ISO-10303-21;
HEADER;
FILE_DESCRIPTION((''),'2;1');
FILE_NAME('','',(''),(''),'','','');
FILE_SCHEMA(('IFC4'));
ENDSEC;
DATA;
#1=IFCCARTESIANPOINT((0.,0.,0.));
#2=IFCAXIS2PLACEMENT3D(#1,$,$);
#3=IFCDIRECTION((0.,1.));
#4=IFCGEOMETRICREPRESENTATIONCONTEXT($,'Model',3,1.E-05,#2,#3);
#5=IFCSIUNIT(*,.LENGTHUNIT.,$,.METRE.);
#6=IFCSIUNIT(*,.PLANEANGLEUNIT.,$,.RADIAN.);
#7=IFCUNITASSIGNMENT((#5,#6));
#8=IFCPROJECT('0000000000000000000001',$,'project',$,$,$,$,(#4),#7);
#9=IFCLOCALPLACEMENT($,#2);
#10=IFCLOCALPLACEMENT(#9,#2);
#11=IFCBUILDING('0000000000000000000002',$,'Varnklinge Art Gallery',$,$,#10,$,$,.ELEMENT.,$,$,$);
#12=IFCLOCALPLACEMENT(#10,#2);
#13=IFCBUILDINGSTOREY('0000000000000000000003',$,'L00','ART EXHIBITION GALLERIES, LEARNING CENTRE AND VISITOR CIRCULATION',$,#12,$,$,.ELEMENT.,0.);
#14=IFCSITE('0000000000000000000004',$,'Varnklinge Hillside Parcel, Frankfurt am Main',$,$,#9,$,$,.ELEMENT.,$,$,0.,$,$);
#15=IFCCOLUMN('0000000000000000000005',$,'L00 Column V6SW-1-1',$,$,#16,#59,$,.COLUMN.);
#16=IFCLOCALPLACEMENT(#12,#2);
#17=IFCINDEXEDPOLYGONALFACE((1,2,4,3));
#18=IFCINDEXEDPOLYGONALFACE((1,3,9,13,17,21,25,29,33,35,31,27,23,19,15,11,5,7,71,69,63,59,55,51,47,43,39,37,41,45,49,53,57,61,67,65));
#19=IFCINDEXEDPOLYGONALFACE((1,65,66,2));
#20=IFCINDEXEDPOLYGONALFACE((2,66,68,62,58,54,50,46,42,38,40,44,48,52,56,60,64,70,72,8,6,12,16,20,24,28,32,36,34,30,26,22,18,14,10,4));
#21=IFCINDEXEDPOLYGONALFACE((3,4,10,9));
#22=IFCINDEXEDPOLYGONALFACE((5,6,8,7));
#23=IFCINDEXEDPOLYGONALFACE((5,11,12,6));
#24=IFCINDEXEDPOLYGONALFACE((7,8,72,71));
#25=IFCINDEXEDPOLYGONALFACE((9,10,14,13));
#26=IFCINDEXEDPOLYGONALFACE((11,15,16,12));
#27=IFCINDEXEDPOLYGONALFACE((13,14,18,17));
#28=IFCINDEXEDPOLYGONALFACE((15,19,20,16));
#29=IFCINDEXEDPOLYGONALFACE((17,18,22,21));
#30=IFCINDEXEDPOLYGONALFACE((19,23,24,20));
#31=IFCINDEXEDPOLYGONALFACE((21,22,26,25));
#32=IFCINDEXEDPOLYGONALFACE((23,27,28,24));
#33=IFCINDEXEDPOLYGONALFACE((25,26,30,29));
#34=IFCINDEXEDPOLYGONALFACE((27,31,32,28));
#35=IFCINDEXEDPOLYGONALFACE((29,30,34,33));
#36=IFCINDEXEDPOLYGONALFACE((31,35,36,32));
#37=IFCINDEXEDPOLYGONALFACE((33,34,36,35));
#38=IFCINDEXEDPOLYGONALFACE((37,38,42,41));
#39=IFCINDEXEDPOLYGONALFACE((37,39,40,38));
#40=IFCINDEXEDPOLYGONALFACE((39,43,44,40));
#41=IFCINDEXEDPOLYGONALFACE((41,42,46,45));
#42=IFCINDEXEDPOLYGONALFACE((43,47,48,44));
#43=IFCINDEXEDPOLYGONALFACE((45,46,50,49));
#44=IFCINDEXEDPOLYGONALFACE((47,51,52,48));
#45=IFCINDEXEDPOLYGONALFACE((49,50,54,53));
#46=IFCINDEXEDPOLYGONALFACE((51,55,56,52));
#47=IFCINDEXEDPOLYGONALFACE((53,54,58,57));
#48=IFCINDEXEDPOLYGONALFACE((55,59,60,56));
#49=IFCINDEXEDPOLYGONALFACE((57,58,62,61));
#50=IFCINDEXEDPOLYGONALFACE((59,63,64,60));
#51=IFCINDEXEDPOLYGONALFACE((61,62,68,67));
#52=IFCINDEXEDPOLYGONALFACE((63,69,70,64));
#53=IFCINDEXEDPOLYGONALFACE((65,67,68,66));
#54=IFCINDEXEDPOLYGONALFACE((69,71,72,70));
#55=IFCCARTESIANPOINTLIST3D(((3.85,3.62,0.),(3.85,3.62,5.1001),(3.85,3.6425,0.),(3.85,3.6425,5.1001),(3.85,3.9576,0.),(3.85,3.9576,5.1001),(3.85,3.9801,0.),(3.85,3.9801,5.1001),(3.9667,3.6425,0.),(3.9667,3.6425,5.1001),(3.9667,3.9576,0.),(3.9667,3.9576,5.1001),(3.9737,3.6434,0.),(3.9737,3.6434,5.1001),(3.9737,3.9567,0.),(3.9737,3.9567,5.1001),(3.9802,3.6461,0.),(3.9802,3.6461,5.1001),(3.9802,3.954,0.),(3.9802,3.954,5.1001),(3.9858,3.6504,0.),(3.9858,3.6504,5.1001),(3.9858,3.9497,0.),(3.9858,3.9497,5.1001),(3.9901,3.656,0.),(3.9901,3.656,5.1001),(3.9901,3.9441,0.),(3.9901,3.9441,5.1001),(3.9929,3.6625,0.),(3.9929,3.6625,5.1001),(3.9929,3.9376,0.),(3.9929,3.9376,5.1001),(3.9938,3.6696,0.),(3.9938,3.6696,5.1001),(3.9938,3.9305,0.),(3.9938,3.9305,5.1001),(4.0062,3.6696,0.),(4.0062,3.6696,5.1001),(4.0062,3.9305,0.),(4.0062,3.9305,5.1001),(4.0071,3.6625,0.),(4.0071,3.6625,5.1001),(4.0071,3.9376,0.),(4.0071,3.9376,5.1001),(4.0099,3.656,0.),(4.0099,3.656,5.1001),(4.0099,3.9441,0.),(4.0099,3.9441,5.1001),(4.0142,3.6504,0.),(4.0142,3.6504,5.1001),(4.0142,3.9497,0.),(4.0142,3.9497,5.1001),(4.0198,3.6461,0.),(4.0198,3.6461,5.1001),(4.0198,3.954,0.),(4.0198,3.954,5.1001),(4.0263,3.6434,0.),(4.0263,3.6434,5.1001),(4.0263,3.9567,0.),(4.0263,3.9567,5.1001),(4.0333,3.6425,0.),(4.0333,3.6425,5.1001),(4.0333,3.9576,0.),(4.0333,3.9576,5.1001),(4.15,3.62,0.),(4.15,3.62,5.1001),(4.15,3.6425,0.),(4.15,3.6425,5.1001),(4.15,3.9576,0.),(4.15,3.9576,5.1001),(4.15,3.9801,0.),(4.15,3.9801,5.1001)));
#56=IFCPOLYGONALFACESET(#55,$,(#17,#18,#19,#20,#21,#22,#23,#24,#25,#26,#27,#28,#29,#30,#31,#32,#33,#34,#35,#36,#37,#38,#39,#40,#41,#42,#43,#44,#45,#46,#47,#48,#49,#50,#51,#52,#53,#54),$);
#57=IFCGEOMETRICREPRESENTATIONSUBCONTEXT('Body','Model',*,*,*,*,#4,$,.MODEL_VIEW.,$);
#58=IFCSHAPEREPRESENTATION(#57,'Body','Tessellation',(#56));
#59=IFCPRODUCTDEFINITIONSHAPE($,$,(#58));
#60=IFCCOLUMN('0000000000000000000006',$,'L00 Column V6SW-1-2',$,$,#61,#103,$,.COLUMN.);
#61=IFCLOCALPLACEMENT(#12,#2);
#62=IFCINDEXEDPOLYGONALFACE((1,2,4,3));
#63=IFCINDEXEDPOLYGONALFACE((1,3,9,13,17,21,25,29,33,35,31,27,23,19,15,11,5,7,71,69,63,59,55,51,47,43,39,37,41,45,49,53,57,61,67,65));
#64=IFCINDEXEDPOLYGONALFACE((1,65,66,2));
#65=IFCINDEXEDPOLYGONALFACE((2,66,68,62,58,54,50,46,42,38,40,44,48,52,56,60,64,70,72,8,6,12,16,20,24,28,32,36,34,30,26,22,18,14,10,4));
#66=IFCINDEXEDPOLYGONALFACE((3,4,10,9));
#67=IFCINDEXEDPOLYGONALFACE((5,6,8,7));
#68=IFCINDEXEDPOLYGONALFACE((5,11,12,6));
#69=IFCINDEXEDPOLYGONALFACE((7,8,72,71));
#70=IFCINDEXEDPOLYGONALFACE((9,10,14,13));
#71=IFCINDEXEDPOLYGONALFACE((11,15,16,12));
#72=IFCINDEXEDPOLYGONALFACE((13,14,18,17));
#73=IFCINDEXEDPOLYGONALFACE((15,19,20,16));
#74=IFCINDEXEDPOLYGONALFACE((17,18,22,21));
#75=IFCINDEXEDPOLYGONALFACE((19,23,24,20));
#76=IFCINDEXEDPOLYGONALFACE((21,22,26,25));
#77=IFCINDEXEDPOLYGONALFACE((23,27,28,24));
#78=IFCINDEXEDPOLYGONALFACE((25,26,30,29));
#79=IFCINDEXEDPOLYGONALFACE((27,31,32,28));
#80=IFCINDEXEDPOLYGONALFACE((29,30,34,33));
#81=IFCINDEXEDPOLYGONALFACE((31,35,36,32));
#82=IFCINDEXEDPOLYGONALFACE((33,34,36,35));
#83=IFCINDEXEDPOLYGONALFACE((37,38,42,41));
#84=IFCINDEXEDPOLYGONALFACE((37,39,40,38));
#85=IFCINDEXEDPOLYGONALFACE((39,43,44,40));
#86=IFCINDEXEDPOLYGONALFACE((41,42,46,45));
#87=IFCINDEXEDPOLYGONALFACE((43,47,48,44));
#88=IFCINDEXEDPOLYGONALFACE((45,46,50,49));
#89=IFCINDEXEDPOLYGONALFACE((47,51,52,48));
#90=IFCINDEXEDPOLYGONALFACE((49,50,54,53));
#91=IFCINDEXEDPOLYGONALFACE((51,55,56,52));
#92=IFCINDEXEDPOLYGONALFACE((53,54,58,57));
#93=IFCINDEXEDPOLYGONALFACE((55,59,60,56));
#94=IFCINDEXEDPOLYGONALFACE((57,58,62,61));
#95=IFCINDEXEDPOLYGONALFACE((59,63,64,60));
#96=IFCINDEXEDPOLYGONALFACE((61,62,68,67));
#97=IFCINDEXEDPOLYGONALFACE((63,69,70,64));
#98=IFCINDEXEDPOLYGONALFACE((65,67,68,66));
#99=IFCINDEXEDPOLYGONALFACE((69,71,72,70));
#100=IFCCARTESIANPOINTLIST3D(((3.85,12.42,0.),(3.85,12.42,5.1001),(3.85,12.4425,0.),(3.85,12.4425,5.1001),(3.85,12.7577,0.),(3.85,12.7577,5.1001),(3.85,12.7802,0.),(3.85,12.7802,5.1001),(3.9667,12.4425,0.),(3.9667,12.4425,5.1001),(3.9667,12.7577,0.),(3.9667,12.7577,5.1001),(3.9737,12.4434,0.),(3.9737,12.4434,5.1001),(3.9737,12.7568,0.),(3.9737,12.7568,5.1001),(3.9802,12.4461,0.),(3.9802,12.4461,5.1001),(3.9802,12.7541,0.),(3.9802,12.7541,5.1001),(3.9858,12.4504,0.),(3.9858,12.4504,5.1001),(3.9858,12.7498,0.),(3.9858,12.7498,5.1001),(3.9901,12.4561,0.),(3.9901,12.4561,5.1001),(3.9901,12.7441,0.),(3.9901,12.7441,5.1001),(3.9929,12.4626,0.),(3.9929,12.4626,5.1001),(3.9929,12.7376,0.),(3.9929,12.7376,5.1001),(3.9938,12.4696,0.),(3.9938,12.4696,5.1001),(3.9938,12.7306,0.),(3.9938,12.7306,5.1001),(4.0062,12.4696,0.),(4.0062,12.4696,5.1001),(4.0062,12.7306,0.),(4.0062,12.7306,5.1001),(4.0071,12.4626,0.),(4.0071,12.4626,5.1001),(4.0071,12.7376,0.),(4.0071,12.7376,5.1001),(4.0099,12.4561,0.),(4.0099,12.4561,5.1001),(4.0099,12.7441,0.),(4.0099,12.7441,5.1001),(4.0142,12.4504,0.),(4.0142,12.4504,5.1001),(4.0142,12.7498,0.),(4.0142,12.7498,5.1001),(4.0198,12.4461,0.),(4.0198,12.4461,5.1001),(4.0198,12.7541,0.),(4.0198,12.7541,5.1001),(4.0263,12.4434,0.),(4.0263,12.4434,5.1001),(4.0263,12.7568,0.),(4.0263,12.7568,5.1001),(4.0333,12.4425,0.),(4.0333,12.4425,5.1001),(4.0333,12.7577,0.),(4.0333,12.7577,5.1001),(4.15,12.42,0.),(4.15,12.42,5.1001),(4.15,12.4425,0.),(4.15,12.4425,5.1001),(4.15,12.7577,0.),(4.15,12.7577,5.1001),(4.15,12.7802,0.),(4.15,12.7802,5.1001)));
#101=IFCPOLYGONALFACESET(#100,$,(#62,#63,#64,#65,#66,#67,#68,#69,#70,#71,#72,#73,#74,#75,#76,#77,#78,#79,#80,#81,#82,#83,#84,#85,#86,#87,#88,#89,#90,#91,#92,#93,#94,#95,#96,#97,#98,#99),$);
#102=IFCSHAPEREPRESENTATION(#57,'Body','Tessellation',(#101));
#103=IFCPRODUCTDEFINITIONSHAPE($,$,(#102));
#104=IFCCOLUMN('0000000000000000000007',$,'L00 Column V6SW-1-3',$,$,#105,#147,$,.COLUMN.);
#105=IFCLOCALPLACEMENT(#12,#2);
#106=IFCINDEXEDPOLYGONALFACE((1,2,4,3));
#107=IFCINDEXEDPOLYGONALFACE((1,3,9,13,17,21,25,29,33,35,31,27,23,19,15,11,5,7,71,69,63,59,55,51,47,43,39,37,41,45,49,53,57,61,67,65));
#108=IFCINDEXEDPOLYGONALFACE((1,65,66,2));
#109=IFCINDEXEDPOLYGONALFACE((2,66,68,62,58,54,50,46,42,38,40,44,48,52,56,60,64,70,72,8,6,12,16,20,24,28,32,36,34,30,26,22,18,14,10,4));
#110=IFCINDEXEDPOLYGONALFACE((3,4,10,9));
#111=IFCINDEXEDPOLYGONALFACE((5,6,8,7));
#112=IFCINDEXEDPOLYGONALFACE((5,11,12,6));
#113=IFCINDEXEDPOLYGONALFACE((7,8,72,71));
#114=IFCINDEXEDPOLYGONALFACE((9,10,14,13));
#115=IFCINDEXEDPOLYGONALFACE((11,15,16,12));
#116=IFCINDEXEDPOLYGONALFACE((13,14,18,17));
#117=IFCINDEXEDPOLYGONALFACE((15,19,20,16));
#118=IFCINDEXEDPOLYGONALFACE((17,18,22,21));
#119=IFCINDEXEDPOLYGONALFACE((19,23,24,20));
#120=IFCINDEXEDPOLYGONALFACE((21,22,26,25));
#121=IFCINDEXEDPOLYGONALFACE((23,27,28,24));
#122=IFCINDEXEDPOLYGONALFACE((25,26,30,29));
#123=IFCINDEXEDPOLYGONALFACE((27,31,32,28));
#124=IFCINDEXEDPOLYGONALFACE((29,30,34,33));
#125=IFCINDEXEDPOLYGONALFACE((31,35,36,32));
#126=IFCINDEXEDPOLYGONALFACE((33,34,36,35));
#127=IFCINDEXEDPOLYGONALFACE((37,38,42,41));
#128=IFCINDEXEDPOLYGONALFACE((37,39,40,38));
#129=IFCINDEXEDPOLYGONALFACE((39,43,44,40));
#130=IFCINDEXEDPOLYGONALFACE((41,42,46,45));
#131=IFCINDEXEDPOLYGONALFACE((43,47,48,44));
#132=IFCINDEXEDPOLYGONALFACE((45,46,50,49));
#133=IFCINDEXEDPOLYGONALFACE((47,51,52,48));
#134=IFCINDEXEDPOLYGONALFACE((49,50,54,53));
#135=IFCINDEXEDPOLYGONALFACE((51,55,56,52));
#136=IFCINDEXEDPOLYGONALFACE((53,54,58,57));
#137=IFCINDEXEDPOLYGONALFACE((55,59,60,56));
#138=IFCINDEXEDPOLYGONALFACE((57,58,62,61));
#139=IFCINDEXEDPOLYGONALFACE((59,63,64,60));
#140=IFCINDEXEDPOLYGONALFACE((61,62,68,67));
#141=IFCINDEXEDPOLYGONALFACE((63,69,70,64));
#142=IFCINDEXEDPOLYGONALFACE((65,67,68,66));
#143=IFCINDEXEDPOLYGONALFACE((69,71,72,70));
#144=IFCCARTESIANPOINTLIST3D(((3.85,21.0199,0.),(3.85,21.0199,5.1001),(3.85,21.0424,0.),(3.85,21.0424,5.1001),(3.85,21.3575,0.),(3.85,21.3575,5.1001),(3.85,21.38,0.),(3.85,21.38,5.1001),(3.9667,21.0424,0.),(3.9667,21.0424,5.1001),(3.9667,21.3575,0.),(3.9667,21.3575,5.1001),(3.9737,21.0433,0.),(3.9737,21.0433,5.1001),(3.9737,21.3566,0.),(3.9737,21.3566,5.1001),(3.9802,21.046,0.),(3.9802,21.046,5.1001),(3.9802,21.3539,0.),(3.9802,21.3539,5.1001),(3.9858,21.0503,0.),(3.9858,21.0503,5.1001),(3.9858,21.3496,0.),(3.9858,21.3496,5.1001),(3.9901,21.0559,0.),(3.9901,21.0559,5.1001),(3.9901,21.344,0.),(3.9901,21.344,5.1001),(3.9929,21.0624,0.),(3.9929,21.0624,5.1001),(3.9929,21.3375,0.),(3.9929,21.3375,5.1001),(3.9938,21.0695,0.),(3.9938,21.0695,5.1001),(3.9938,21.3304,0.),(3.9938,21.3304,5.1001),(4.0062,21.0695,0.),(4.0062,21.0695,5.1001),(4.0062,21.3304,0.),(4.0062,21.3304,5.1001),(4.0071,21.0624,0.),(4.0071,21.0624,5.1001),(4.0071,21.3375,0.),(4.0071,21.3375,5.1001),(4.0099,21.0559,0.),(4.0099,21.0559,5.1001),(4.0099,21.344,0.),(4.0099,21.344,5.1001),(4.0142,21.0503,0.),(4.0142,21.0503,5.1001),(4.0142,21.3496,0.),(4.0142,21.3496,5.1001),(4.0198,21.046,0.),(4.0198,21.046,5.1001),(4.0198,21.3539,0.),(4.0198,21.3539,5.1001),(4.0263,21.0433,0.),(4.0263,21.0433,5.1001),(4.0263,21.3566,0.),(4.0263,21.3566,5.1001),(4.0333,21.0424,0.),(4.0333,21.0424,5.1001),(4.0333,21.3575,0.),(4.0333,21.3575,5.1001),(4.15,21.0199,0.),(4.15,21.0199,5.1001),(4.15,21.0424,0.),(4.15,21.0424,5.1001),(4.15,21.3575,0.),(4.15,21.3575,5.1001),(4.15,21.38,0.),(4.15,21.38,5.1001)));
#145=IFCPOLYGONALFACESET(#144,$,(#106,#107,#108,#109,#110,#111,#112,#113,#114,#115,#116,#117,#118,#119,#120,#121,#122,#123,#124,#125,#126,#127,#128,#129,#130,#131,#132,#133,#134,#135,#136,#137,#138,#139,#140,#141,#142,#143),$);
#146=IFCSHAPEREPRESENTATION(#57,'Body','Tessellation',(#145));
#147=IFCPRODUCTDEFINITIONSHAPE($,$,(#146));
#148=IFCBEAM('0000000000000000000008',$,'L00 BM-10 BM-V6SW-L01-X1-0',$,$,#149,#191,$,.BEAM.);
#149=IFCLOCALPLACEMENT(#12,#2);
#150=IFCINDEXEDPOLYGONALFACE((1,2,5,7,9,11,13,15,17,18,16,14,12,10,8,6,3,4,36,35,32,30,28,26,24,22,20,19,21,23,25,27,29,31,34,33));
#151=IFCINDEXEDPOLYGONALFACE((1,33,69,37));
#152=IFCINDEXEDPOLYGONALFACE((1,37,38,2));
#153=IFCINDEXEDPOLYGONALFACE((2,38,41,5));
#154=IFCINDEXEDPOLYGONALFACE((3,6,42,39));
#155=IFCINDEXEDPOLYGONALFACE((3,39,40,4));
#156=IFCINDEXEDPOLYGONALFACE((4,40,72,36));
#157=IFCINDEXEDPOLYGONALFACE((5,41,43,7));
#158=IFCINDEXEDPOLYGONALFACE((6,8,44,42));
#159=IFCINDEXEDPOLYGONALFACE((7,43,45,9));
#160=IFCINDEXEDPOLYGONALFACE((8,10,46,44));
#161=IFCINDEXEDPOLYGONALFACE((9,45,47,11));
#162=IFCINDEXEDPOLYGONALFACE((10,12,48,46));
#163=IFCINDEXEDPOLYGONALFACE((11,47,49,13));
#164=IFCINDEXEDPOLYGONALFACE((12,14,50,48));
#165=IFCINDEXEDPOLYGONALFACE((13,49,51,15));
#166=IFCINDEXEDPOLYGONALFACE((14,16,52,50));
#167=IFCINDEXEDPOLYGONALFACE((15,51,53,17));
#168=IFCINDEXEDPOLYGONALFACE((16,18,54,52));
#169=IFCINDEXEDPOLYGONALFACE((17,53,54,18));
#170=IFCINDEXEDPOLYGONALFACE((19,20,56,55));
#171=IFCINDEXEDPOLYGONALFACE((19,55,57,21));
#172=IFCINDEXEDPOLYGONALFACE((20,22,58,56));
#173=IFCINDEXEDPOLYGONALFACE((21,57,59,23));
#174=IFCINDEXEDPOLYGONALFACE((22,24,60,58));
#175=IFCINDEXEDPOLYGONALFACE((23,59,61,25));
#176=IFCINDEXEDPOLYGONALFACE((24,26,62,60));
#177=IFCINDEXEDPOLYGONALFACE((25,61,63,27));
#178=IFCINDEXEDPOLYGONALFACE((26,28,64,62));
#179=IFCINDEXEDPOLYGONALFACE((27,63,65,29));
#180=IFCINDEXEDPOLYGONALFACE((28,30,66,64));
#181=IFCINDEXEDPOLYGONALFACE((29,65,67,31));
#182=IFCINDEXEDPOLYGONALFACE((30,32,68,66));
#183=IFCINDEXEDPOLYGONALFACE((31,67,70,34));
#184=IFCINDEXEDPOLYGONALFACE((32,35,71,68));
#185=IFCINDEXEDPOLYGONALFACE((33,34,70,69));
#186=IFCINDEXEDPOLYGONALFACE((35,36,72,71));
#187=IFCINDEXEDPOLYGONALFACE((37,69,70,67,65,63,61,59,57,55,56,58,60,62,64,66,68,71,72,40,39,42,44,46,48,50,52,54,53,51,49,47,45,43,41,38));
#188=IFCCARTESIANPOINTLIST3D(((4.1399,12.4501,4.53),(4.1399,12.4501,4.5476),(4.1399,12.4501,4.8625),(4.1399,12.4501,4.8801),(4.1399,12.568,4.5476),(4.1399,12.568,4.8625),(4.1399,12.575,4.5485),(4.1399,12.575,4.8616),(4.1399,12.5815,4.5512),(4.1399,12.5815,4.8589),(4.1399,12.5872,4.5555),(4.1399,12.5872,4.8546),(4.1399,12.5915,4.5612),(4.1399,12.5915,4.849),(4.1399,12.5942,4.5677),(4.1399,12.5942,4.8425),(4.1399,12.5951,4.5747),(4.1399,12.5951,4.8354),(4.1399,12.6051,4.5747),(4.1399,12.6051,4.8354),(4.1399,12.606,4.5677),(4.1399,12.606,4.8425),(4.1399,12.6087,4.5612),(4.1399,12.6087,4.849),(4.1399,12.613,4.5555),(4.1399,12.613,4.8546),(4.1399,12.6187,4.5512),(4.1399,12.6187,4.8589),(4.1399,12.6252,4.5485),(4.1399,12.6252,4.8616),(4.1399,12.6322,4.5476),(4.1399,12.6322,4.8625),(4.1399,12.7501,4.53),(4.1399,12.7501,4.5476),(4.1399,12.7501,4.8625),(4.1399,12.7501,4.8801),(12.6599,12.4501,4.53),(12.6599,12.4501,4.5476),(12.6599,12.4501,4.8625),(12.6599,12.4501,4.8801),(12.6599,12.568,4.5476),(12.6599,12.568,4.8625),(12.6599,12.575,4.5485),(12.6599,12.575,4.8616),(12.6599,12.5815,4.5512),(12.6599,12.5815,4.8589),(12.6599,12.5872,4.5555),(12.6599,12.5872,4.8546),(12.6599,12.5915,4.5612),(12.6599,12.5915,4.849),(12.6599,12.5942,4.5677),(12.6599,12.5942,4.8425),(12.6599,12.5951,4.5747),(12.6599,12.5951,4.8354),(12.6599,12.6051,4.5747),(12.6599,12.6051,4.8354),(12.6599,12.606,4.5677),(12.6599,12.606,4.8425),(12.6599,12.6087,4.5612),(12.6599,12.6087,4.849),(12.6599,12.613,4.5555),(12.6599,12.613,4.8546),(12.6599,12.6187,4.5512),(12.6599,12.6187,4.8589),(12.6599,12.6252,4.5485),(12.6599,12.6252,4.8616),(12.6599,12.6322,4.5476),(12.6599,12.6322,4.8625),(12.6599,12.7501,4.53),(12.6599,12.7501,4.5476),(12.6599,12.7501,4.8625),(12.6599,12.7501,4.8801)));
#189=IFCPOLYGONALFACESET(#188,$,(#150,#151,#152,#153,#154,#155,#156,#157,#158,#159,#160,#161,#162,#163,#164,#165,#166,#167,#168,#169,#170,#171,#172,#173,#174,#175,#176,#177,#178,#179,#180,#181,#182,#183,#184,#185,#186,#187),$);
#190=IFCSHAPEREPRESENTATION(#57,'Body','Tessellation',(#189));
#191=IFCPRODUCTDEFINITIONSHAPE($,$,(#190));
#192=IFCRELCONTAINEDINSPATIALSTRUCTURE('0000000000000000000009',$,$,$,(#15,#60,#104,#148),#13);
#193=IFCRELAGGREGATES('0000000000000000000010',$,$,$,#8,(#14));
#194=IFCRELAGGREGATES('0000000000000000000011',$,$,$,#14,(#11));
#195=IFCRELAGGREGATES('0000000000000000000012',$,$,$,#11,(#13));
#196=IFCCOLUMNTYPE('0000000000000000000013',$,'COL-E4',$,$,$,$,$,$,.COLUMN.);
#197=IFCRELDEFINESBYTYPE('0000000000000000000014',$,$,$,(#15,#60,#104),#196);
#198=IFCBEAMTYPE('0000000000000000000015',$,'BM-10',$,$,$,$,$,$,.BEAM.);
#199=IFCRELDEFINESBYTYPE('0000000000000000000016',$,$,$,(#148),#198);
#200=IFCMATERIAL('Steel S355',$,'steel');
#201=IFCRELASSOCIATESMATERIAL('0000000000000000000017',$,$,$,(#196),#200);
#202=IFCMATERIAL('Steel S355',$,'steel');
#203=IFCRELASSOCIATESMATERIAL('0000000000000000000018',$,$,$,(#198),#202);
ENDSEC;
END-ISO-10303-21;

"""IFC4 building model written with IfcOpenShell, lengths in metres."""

from ifc_helpers import new_model, si_unit, direction, frame, origin, origin_2d, place, context, subcontext, project, spatial, i_section, extrude, material, material_profile, profile_set, type_object, element, save


model = new_model("IFC4")

# Units and contexts
model_context = context("Model", 3, precision=1e-05, world=origin(), true_north=direction((0.0, 1.0)))
body_context = subcontext(model_context, "Body", "Model", "MODEL_VIEW")
ifc_project = project(units=[si_unit("LENGTHUNIT", "METRE"), si_unit("PLANEANGLEUNIT", "RADIAN")], contexts=[model_context])

# Site, building, storey
site_placement = place(None, origin())
site = spatial("IfcSite", under=ifc_project, at=site_placement, Name="Varnklinge Hillside Parcel, Frankfurt am Main", CompositionType="ELEMENT", RefElevation=0.0)
building_placement = place(site_placement, origin())
building = spatial("IfcBuilding", under=site, at=building_placement, Name="Varnklinge Art Gallery", CompositionType="ELEMENT")
storey_placement = place(building_placement, origin())
storey = spatial("IfcBuildingStorey", under=building, at=storey_placement, Name="L00", Description="ART EXHIBITION GALLERIES, LEARNING CENTRE AND VISITOR CIRCULATION", CompositionType="ELEMENT", Elevation=0.0)

# Columns
ifc_material_1 = material(Name="Steel S355", Category="steel")
ifc_material_profile_1 = material_profile(ifc_material_1, i_section(OverallWidth=0.3, OverallDepth=0.3601, WebThickness=0.0125, FlangeThickness=0.0225, FilletRadius=0.0271, at=origin_2d()), Name="HEB 360")
ifc_profile_set_1 = profile_set([ifc_material_profile_1], Name="Steel S355")
column_type = type_object("IfcColumnType", Name="COL-E4", PredefinedType="COLUMN", material=ifc_profile_set_1)
for number, where, z_axis, x_axis, name in (
    (1, (4.0, 3.8, 0.0), (0.0, 0.0, 1.0), (1.0, 0.0, 0.0), "L00 Column V6SW-1-1"),
    (2, (4.0, 12.6001, 0.0), (0.0, 0.0, 1.0), (1.0, 0.0, 0.0), "L00 Column V6SW-1-2"),
    (3, (4.0, 21.2, 0.0), (0.0, 0.0, 1.0), (1.0, 0.0, 0.0), "L00 Column V6SW-1-3"),
):
    element("IfcColumn", number, at=place(storey_placement, frame(where, z_axis=z_axis, x_axis=x_axis)), inside=storey, type_object=column_type, Name=name, PredefinedType="COLUMN", context=body_context, shape_type="SweptSolid", body=[
        extrude(i_section(OverallWidth=0.3, OverallDepth=0.3601, WebThickness=0.0125, FlangeThickness=0.0225, FilletRadius=0.0271, at=origin_2d()), origin(), (0.0, 0.0, 1.0), 5.1001),
    ])

# Beam
ifc_material_2 = material(Name="Steel S355", Category="steel")
ifc_material_profile_2 = material_profile(ifc_material_2, i_section(OverallWidth=0.3, OverallDepth=0.3501, WebThickness=0.01, FlangeThickness=0.0176, FilletRadius=0.0271, at=origin_2d()), Name="HEA 360")
ifc_profile_set_2 = profile_set([ifc_material_profile_2], Name="Steel S355")
beam_type_1 = type_object("IfcBeamType", Name="BM-10", PredefinedType="BEAM", material=ifc_profile_set_2)
beam_1_placement = place(storey_placement, frame((4.1399, 12.6001, 4.7051), z_axis=(1.0, 0.0, 0.0), x_axis=(0.0, 1.0, 0.0)))
element("IfcBeam", 4, at=beam_1_placement, inside=storey, type_object=beam_type_1, Name="L00 BM-10 BM-V6SW-L01-X1-0", PredefinedType="BEAM", context=body_context, shape_type="SweptSolid", body=[
    extrude(i_section(OverallWidth=0.3, OverallDepth=0.3501, WebThickness=0.01, FlangeThickness=0.0176, FilletRadius=0.0271, at=origin_2d()), origin(), (0.0, 0.0, 1.0), 8.52),
])

save(model, "model.ifc")
